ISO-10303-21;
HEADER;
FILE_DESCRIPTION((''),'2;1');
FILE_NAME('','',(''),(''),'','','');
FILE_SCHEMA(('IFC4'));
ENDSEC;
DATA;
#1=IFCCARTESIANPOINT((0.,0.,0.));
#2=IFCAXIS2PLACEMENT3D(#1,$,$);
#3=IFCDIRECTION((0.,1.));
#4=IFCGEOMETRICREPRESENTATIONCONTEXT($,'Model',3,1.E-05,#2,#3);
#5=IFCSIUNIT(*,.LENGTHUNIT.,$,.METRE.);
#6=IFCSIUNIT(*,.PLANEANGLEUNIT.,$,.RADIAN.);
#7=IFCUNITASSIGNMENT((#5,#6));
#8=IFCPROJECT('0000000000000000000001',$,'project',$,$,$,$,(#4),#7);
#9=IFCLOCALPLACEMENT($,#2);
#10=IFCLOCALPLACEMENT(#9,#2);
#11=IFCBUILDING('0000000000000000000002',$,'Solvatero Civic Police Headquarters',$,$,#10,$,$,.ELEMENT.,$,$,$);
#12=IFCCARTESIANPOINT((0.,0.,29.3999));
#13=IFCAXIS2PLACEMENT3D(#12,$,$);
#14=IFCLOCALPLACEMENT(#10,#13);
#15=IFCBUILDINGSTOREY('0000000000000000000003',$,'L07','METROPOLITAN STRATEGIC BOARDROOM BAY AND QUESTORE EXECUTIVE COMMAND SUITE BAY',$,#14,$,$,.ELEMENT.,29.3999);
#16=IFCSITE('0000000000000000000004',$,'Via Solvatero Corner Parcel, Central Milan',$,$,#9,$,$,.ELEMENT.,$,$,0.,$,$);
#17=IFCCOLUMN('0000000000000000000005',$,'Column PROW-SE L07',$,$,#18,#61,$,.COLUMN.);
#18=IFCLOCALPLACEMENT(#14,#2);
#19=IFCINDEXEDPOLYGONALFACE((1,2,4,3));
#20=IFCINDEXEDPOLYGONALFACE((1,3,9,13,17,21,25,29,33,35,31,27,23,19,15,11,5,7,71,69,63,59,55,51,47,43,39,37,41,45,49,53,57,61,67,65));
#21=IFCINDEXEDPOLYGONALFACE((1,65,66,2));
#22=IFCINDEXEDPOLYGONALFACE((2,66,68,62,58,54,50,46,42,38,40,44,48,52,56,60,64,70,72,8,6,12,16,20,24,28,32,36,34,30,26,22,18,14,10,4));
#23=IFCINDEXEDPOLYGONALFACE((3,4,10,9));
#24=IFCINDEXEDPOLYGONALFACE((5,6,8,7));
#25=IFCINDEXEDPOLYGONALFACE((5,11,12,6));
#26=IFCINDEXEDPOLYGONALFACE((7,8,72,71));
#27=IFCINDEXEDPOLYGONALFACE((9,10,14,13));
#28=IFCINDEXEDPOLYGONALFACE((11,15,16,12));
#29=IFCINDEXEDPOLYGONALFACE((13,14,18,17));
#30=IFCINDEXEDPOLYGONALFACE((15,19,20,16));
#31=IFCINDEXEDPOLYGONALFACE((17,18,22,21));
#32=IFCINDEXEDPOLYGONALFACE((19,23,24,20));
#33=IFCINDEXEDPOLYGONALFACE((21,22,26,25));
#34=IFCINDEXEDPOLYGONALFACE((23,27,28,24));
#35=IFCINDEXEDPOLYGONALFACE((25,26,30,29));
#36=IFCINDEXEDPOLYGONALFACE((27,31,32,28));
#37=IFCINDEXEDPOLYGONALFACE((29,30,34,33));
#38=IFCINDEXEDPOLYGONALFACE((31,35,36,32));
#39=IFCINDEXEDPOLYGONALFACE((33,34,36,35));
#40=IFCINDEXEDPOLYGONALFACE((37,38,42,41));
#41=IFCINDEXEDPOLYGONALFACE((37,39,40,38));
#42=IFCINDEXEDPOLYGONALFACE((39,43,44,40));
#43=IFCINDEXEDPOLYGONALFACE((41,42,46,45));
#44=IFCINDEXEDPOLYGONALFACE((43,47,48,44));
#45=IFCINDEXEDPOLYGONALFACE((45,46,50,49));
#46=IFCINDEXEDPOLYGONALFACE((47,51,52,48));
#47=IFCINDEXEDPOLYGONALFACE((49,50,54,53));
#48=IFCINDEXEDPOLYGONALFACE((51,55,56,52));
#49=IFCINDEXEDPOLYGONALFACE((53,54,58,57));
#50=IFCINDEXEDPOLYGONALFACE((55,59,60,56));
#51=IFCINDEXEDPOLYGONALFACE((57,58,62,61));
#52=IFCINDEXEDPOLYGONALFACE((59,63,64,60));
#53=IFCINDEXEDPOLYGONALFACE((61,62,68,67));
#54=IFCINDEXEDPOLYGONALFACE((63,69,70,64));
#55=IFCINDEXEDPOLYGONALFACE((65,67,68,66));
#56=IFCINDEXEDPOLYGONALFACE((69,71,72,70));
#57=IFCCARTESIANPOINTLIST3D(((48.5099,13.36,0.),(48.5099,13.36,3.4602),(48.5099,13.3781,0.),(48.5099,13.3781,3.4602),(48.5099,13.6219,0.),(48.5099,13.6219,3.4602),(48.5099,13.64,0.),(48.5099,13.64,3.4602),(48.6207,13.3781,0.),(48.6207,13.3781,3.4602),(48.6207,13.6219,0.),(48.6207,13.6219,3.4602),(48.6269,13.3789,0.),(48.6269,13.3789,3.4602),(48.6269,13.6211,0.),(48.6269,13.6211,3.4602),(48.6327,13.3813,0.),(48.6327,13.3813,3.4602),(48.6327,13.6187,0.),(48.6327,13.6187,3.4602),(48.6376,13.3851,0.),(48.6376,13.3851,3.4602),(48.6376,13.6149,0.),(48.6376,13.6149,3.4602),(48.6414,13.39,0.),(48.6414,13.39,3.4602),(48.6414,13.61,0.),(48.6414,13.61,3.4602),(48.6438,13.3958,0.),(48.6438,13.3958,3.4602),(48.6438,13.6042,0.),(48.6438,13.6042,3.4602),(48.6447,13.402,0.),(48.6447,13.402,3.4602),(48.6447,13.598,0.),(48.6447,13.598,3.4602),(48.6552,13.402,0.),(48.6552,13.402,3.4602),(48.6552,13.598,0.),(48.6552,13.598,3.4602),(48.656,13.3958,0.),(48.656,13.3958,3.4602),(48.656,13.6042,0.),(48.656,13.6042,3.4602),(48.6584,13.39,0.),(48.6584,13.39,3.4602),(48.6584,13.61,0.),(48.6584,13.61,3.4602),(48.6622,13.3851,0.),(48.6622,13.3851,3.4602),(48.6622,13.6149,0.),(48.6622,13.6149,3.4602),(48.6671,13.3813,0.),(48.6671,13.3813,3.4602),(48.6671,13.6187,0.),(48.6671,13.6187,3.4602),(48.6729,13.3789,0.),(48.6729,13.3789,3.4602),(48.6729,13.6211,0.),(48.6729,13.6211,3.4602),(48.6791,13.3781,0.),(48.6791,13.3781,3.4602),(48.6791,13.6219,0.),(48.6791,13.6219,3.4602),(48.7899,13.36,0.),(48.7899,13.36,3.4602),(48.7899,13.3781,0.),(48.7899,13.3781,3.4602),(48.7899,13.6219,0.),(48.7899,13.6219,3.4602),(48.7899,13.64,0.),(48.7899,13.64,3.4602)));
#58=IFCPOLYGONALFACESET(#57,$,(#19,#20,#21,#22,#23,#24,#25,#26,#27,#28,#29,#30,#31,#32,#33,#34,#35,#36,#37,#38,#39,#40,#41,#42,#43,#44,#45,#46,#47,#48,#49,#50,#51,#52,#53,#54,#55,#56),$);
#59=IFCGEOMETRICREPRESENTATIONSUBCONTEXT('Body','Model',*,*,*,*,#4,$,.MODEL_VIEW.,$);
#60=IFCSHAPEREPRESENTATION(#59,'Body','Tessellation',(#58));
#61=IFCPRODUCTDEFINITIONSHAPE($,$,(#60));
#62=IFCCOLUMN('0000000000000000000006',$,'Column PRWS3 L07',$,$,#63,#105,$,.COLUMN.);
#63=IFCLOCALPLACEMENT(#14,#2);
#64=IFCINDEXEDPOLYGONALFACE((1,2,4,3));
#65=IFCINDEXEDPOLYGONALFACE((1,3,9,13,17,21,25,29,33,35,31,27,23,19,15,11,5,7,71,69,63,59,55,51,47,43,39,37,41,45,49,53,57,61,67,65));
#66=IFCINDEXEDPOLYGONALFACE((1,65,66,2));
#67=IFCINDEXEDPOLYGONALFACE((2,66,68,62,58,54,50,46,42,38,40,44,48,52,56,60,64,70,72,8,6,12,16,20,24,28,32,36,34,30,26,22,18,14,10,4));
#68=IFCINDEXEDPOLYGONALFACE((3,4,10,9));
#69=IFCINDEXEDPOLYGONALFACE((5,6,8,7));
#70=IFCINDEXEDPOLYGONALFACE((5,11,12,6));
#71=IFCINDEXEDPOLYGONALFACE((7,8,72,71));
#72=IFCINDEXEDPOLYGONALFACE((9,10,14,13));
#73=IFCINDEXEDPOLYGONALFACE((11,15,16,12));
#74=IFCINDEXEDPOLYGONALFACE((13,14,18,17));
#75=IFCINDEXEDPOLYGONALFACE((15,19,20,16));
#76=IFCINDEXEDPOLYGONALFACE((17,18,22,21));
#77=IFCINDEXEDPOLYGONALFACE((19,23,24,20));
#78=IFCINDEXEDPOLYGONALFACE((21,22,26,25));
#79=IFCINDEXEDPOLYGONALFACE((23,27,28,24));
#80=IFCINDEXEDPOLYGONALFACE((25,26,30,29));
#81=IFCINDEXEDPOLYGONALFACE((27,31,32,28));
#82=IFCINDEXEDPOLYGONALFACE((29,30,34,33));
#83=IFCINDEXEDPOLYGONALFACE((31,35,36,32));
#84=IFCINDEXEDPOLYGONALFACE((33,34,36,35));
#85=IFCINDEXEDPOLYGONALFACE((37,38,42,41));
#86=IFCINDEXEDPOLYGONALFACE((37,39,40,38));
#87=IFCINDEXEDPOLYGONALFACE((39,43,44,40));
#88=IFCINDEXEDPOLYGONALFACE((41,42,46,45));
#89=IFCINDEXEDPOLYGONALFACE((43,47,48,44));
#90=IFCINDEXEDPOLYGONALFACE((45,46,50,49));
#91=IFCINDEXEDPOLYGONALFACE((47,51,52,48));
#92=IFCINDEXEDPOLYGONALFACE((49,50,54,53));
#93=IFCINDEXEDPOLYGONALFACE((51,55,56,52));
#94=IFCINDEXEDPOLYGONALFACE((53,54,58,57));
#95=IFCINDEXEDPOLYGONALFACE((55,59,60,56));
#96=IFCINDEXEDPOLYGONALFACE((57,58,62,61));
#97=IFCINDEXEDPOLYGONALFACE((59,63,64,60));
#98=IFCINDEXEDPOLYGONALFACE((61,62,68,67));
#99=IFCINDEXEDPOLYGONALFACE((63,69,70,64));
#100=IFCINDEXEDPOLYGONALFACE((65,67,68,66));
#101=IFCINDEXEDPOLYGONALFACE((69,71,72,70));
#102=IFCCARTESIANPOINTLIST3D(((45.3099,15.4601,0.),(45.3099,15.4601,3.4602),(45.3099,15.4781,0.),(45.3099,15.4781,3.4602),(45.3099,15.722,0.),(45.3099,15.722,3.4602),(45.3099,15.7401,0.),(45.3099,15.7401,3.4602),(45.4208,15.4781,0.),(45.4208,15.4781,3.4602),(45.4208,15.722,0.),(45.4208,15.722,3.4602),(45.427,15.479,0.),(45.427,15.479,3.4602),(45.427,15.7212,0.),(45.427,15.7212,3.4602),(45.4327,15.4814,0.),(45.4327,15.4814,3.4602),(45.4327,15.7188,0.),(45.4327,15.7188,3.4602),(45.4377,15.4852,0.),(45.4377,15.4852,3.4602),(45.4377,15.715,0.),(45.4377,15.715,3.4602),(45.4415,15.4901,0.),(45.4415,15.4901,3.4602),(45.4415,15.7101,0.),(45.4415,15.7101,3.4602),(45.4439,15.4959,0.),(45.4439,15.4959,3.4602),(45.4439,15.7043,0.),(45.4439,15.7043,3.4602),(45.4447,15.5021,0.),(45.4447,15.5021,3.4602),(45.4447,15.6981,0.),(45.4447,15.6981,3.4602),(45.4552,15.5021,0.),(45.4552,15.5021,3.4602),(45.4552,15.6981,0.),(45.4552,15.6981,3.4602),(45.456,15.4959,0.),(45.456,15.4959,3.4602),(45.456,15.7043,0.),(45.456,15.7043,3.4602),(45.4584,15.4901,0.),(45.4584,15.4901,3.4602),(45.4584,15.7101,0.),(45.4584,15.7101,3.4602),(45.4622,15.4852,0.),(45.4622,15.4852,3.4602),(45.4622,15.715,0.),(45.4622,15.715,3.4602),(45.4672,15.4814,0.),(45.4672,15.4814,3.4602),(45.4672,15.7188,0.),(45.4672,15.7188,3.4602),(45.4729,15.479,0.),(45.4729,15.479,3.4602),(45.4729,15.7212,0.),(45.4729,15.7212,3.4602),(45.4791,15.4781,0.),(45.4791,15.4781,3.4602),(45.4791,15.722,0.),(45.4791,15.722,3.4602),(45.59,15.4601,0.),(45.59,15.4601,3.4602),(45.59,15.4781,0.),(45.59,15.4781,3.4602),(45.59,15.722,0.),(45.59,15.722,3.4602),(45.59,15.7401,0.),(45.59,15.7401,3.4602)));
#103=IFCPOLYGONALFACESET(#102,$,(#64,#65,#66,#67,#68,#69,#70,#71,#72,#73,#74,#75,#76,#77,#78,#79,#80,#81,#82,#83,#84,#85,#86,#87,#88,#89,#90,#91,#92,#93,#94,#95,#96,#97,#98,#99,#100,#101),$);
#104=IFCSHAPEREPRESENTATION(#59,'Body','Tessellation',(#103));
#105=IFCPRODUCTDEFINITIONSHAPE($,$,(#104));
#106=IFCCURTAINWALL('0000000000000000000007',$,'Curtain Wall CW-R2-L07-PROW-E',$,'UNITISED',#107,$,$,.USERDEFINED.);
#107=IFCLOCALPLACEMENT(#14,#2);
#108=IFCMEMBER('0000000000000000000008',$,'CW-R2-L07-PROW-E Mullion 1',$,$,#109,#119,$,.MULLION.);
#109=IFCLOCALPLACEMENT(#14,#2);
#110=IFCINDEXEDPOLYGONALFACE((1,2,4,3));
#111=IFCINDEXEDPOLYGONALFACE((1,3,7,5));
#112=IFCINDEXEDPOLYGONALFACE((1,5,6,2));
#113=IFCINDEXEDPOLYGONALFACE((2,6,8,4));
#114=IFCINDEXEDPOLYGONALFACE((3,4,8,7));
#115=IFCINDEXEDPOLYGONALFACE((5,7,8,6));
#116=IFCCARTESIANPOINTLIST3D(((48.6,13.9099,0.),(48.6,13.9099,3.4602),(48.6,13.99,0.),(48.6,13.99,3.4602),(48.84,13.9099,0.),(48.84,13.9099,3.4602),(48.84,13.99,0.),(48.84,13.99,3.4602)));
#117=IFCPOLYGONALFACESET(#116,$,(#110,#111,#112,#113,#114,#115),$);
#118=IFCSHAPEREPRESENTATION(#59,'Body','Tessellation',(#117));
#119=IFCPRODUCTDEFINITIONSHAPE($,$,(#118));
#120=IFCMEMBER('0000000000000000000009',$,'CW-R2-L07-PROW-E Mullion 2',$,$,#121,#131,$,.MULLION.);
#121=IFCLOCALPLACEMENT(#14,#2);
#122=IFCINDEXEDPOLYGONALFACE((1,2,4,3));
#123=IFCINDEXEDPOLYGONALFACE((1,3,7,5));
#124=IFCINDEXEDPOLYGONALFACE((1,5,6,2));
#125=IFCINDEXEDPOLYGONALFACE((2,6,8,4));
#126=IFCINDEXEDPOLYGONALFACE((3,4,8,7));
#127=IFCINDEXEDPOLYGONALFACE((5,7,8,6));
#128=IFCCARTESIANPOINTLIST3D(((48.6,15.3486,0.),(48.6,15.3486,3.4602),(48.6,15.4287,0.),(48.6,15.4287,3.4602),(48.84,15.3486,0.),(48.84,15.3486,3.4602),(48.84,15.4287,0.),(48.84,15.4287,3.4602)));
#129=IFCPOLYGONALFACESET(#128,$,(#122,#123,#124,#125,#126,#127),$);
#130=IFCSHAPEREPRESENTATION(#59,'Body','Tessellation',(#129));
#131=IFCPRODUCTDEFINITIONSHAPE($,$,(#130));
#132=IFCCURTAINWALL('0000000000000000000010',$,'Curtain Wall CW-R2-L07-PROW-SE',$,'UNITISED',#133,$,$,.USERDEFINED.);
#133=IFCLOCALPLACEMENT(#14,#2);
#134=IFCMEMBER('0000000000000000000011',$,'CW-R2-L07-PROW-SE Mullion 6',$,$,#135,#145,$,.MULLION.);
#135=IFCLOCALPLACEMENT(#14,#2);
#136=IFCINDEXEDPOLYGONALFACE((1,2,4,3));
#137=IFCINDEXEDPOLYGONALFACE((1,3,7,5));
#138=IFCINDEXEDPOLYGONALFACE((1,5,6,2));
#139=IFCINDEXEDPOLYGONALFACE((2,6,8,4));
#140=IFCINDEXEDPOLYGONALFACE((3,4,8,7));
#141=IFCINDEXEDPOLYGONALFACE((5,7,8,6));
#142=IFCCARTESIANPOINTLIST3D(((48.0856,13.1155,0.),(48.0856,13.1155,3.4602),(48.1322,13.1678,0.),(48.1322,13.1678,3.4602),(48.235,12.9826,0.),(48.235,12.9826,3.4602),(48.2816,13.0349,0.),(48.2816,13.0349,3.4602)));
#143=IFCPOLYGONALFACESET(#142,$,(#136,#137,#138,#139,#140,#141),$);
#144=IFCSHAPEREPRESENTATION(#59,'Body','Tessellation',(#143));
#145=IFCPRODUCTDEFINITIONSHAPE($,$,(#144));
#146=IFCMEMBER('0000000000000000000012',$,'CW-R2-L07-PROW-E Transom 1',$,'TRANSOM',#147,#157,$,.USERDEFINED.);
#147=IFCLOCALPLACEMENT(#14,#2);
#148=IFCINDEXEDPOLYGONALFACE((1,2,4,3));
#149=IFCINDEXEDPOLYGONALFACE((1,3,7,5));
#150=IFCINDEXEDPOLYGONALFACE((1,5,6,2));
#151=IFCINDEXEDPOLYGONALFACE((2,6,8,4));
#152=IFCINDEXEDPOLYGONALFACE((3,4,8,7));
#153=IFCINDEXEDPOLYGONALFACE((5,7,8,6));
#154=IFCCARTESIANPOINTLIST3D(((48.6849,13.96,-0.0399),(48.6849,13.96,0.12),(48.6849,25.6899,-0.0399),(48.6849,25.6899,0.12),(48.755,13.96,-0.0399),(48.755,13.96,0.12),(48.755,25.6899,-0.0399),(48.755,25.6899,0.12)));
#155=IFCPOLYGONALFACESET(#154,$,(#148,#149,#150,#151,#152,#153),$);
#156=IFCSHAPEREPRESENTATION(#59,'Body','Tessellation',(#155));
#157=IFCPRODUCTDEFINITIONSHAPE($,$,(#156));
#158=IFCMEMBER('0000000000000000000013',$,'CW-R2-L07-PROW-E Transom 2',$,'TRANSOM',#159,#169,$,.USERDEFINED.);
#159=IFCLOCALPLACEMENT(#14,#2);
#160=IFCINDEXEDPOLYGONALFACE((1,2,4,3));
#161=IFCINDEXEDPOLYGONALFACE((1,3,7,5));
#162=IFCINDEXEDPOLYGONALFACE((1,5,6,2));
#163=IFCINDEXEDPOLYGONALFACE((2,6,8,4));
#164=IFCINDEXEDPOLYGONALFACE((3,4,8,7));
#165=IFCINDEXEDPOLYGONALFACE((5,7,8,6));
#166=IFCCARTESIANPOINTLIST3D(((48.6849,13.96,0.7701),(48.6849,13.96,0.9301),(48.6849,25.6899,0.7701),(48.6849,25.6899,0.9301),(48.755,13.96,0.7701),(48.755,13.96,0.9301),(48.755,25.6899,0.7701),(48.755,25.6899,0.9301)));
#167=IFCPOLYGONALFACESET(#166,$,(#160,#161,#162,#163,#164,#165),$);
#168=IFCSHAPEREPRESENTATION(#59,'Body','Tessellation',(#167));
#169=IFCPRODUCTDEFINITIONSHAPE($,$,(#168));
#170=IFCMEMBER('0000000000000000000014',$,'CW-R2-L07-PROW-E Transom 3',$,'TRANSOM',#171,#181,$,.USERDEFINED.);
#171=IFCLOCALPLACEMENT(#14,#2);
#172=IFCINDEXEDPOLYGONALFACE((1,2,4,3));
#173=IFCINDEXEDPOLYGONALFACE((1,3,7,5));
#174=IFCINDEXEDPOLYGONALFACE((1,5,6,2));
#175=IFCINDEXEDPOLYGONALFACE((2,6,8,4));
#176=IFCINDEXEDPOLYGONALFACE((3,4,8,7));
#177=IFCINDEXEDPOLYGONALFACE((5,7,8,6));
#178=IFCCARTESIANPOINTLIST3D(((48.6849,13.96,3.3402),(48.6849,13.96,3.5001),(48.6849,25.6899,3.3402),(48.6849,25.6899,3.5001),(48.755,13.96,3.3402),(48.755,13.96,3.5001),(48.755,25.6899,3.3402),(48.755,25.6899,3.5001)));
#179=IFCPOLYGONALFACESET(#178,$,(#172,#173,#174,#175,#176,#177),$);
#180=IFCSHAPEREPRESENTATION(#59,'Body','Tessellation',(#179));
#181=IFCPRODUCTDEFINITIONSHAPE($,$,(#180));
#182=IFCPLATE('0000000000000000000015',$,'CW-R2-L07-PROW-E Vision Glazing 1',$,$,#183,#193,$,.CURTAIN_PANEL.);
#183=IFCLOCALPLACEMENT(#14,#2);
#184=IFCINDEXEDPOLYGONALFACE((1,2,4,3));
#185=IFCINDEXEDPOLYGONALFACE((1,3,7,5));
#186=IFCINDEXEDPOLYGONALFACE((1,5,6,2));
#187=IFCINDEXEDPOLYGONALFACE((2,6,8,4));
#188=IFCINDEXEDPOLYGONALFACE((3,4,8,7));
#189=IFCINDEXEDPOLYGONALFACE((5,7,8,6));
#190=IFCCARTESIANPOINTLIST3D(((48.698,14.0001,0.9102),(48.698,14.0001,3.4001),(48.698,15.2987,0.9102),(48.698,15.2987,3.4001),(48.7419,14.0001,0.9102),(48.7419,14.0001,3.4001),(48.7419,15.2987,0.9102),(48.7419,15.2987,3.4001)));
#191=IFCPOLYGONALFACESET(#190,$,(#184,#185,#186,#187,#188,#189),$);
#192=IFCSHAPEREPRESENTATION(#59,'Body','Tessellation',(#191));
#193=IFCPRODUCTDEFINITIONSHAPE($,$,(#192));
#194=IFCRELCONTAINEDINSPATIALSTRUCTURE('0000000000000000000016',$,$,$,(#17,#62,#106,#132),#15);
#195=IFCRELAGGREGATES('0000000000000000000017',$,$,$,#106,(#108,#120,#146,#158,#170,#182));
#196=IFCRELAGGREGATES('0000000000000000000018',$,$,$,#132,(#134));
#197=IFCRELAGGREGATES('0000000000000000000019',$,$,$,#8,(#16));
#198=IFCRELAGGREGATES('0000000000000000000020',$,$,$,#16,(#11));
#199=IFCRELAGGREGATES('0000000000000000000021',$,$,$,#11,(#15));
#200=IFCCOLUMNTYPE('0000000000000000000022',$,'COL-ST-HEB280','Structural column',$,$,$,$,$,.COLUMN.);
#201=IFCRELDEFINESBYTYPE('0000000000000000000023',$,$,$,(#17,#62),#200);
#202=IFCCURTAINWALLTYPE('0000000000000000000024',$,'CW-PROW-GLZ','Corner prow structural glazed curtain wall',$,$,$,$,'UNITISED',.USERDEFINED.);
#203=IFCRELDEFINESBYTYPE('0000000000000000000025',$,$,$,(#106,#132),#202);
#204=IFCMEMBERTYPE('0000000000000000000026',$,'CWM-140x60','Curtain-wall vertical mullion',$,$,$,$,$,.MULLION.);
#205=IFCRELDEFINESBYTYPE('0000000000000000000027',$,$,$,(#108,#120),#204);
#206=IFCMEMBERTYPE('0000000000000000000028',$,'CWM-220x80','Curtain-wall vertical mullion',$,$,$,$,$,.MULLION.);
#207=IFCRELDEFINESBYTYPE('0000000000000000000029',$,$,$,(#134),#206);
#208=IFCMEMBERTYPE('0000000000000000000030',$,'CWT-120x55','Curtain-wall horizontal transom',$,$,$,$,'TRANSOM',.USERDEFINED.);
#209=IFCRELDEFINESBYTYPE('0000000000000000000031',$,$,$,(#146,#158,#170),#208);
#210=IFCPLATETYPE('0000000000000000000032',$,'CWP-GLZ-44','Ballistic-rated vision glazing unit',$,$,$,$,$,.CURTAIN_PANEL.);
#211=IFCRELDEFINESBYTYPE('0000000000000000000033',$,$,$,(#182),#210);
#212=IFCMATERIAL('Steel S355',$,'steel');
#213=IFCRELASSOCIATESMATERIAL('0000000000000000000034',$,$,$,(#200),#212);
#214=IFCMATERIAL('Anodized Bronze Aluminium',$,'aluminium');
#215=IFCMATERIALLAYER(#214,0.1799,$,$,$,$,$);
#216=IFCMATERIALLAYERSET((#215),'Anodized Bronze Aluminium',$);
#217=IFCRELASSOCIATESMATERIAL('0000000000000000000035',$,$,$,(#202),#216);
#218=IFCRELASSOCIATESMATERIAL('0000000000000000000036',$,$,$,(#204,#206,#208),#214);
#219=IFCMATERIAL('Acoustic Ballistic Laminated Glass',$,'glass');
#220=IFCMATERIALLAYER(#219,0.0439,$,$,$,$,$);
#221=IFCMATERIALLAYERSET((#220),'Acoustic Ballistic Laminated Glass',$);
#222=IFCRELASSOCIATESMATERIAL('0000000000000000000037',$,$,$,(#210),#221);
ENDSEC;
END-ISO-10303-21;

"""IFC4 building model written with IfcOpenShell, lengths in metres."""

from ifc_helpers import new_model, si_unit, direction, frame, origin, origin_2d, place, context, subcontext, project, spatial, rectangle, i_section, extrude, material, layer, layer_set, material_profile, profile_set, type_object, element, aggregate, save


model = new_model("IFC4")

# Units and contexts
model_context = context("Model", 3, precision=1e-05, world=origin(), true_north=direction((0.0, 1.0)))
body_context = subcontext(model_context, "Body", "Model", "MODEL_VIEW")
ifc_project = project(units=[si_unit("LENGTHUNIT", "METRE"), si_unit("PLANEANGLEUNIT", "RADIAN")], contexts=[model_context])

# Site, building, storey
site_placement = place(None, origin())
site = spatial("IfcSite", under=ifc_project, at=site_placement, Name="Via Solvatero Corner Parcel, Central Milan", CompositionType="ELEMENT", RefElevation=0.0)
building_placement = place(site_placement, origin())
building = spatial("IfcBuilding", under=site, at=building_placement, Name="Solvatero Civic Police Headquarters", CompositionType="ELEMENT")
storey_placement = place(building_placement, frame((0.0, 0.0, 29.3999)))
storey = spatial("IfcBuildingStorey", under=building, at=storey_placement, Name="L07", Description="METROPOLITAN STRATEGIC BOARDROOM BAY AND QUESTORE EXECUTIVE COMMAND SUITE BAY", CompositionType="ELEMENT", Elevation=29.3999)

# Columns
ifc_material_1 = material(Name="Steel S355", Category="steel")
ifc_material_profile_1 = material_profile(ifc_material_1, i_section(OverallWidth=0.28, OverallDepth=0.28, WebThickness=0.0105, FlangeThickness=0.0181, FilletRadius=0.0239, at=origin_2d()), Name="HEB 280")
ifc_profile_set_1 = profile_set([ifc_material_profile_1], Name="Steel S355")
column_type = type_object("IfcColumnType", Name="COL-ST-HEB280", Description="Structural column", PredefinedType="COLUMN", material=ifc_profile_set_1)
for number, where, z_axis, x_axis, name in (
    (1, (48.6499, 13.5, 0.0), (0.0, 0.0, 1.0), (1.0, 0.0, 0.0), "Column PROW-SE L07"),
    (2, (45.45, 15.6001, 0.0), (0.0, 0.0, 1.0), (1.0, 0.0, 0.0), "Column PRWS3 L07"),
):
    element("IfcColumn", number, at=place(storey_placement, frame(where, z_axis=z_axis, x_axis=x_axis)), inside=storey, type_object=column_type, Name=name, PredefinedType="COLUMN", context=body_context, shape_type="SweptSolid", body=[
        extrude(i_section(OverallWidth=0.28, OverallDepth=0.28, WebThickness=0.0105, FlangeThickness=0.0181, FilletRadius=0.0239, at=origin_2d()), origin(), (0.0, 0.0, 1.0), 3.4602),
    ])

# Curtain wall, members
ifc_material_2 = material(Name="Anodized Bronze Aluminium", Category="aluminium")
ifc_layer_1 = layer(ifc_material_2, 0.1799)
ifc_layer_set_1 = layer_set([ifc_layer_1], Name="Anodized Bronze Aluminium")
curtain_wall_type = type_object("IfcCurtainWallType", Name="CW-PROW-GLZ", Description="Corner prow structural glazed curtain wall", ElementType="UNITISED", PredefinedType="USERDEFINED", material=ifc_layer_set_1)
curtain_wall_1_placement = place(storey_placement, origin())
curtain_wall_1 = element("IfcCurtainWall", 3, at=curtain_wall_1_placement, inside=storey, type_object=curtain_wall_type, Name="Curtain Wall CW-R2-L07-PROW-E", ObjectType="UNITISED", PredefinedType="USERDEFINED")
ifc_material_profile_2 = material_profile(ifc_material_2, rectangle(XDim=0.0801, YDim=0.24, at=origin_2d()), Name="ALU MULLION 80x240")
ifc_profile_set_2 = profile_set([ifc_material_profile_2], Name="Anodized Bronze Aluminium")
member_type_1 = type_object("IfcMemberType", Name="CWM-140x60", Description="Curtain-wall vertical mullion", PredefinedType="MULLION", material=ifc_profile_set_2)
member_1_placement = place(storey_placement, frame((48.72, 13.95, 0.0), z_axis=(0.0, 0.0, 1.0), x_axis=(0.0, 1.0, 0.0)))
member_1 = element("IfcMember", 4, at=member_1_placement, type_object=member_type_1, Name="CW-R2-L07-PROW-E Mullion 1", PredefinedType="MULLION", context=body_context, shape_type="SweptSolid", body=[
    extrude(rectangle(XDim=0.0801, YDim=0.24, at=origin_2d()), origin(), (0.0, 0.0, 1.0), 3.4602),
])
member_2_placement = place(storey_placement, frame((48.72, 15.3887, 0.0), z_axis=(0.0, 0.0, 1.0), x_axis=(0.0, 1.0, 0.0)))
member_2 = element("IfcMember", 5, at=member_2_placement, type_object=member_type_1, Name="CW-R2-L07-PROW-E Mullion 2", PredefinedType="MULLION", context=body_context, shape_type="SweptSolid", body=[
    extrude(rectangle(XDim=0.0801, YDim=0.24, at=origin_2d()), origin(), (0.0, 0.0, 1.0), 3.4602),
])

# Curtain wall, member
curtain_wall_2_placement = place(storey_placement, origin())
curtain_wall_2 = element("IfcCurtainWall", 6, at=curtain_wall_2_placement, inside=storey, type_object=curtain_wall_type, Name="Curtain Wall CW-R2-L07-PROW-SE", ObjectType="UNITISED", PredefinedType="USERDEFINED")
ifc_material_profile_3 = material_profile(ifc_material_2, rectangle(XDim=0.0701, YDim=0.2, at=origin_2d()), Name="ALU MULLION 70x200")
ifc_profile_set_3 = profile_set([ifc_material_profile_3], Name="Anodized Bronze Aluminium")
member_type_2 = type_object("IfcMemberType", Name="CWM-220x80", Description="Curtain-wall vertical mullion", PredefinedType="MULLION", material=ifc_profile_set_3)
member_3_placement = place(storey_placement, frame((48.1836, 13.0752, 0.0), z_axis=(0.0, 0.0, 1.0), x_axis=(0.664657, 0.747149, 0.0)))
member_3 = element("IfcMember", 7, at=member_3_placement, type_object=member_type_2, Name="CW-R2-L07-PROW-SE Mullion 6", PredefinedType="MULLION", context=body_context, shape_type="SweptSolid", body=[
    extrude(rectangle(XDim=0.0701, YDim=0.2, at=origin_2d()), origin(), (0.0, 0.0, 1.0), 3.4602),
])

# Members
ifc_material_profile_4 = material_profile(ifc_material_2, rectangle(XDim=0.0701, YDim=0.1599, at=origin_2d()), Name="ALU TRANSOM 70x160")
ifc_profile_set_4 = profile_set([ifc_material_profile_4], Name="Anodized Bronze Aluminium")
member_type_3 = type_object("IfcMemberType", Name="CWT-120x55", Description="Curtain-wall horizontal transom", ElementType="TRANSOM", PredefinedType="USERDEFINED", material=ifc_profile_set_4)
member_4_placement = place(storey_placement, frame((48.72, 13.96, 0.04), z_axis=(0.0, 1.0, 0.0), x_axis=(-1.0, 0.0, 0.0)))
member_4 = element("IfcMember", 8, at=member_4_placement, type_object=member_type_3, Name="CW-R2-L07-PROW-E Transom 1", ObjectType="TRANSOM", PredefinedType="USERDEFINED", context=body_context, shape_type="SweptSolid", body=[
    extrude(rectangle(XDim=0.0701, YDim=0.1599, at=origin_2d()), origin(), (0.0, 0.0, 1.0), 11.73),
])
member_5_placement = place(storey_placement, frame((48.72, 13.96, 0.8501), z_axis=(0.0, 1.0, 0.0), x_axis=(-1.0, 0.0, 0.0)))
member_5 = element("IfcMember", 9, at=member_5_placement, type_object=member_type_3, Name="CW-R2-L07-PROW-E Transom 2", ObjectType="TRANSOM", PredefinedType="USERDEFINED", context=body_context, shape_type="SweptSolid", body=[
    extrude(rectangle(XDim=0.0701, YDim=0.1599, at=origin_2d()), origin(), (0.0, 0.0, 1.0), 11.73),
])
member_6_placement = place(storey_placement, frame((48.72, 13.96, 3.4202), z_axis=(0.0, 1.0, 0.0), x_axis=(-1.0, 0.0, 0.0)))
member_6 = element("IfcMember", 10, at=member_6_placement, type_object=member_type_3, Name="CW-R2-L07-PROW-E Transom 3", ObjectType="TRANSOM", PredefinedType="USERDEFINED", context=body_context, shape_type="SweptSolid", body=[
    extrude(rectangle(XDim=0.0701, YDim=0.1599, at=origin_2d()), origin(), (0.0, 0.0, 1.0), 11.73),
])

# Plate
ifc_material_3 = material(Name="Acoustic Ballistic Laminated Glass", Category="glass")
ifc_layer_2 = layer(ifc_material_3, 0.0439)
ifc_layer_set_2 = layer_set([ifc_layer_2], Name="Acoustic Ballistic Laminated Glass")
plate_type_1 = type_object("IfcPlateType", Name="CWP-GLZ-44", Description="Ballistic-rated vision glazing unit", PredefinedType="CURTAIN_PANEL", material=ifc_layer_set_2)
plate_1_placement = place(storey_placement, frame((48.72, 14.6494, 0.9102), z_axis=(0.0, 0.0, 1.0), x_axis=(0.0, 1.0, 0.0)))
plate_1 = element("IfcPlate", 11, at=plate_1_placement, type_object=plate_type_1, Name="CW-R2-L07-PROW-E Vision Glazing 1", PredefinedType="CURTAIN_PANEL", context=body_context, shape_type="SweptSolid", body=[
    extrude(rectangle(XDim=1.2986, YDim=0.0439, at=origin_2d()), origin(), (0.0, 0.0, 1.0), 2.49),
])
aggregate(curtain_wall_1, [member_1, member_2, member_4, member_5, member_6, plate_1])
aggregate(curtain_wall_2, [member_3])

save(model, "model.ifc")
